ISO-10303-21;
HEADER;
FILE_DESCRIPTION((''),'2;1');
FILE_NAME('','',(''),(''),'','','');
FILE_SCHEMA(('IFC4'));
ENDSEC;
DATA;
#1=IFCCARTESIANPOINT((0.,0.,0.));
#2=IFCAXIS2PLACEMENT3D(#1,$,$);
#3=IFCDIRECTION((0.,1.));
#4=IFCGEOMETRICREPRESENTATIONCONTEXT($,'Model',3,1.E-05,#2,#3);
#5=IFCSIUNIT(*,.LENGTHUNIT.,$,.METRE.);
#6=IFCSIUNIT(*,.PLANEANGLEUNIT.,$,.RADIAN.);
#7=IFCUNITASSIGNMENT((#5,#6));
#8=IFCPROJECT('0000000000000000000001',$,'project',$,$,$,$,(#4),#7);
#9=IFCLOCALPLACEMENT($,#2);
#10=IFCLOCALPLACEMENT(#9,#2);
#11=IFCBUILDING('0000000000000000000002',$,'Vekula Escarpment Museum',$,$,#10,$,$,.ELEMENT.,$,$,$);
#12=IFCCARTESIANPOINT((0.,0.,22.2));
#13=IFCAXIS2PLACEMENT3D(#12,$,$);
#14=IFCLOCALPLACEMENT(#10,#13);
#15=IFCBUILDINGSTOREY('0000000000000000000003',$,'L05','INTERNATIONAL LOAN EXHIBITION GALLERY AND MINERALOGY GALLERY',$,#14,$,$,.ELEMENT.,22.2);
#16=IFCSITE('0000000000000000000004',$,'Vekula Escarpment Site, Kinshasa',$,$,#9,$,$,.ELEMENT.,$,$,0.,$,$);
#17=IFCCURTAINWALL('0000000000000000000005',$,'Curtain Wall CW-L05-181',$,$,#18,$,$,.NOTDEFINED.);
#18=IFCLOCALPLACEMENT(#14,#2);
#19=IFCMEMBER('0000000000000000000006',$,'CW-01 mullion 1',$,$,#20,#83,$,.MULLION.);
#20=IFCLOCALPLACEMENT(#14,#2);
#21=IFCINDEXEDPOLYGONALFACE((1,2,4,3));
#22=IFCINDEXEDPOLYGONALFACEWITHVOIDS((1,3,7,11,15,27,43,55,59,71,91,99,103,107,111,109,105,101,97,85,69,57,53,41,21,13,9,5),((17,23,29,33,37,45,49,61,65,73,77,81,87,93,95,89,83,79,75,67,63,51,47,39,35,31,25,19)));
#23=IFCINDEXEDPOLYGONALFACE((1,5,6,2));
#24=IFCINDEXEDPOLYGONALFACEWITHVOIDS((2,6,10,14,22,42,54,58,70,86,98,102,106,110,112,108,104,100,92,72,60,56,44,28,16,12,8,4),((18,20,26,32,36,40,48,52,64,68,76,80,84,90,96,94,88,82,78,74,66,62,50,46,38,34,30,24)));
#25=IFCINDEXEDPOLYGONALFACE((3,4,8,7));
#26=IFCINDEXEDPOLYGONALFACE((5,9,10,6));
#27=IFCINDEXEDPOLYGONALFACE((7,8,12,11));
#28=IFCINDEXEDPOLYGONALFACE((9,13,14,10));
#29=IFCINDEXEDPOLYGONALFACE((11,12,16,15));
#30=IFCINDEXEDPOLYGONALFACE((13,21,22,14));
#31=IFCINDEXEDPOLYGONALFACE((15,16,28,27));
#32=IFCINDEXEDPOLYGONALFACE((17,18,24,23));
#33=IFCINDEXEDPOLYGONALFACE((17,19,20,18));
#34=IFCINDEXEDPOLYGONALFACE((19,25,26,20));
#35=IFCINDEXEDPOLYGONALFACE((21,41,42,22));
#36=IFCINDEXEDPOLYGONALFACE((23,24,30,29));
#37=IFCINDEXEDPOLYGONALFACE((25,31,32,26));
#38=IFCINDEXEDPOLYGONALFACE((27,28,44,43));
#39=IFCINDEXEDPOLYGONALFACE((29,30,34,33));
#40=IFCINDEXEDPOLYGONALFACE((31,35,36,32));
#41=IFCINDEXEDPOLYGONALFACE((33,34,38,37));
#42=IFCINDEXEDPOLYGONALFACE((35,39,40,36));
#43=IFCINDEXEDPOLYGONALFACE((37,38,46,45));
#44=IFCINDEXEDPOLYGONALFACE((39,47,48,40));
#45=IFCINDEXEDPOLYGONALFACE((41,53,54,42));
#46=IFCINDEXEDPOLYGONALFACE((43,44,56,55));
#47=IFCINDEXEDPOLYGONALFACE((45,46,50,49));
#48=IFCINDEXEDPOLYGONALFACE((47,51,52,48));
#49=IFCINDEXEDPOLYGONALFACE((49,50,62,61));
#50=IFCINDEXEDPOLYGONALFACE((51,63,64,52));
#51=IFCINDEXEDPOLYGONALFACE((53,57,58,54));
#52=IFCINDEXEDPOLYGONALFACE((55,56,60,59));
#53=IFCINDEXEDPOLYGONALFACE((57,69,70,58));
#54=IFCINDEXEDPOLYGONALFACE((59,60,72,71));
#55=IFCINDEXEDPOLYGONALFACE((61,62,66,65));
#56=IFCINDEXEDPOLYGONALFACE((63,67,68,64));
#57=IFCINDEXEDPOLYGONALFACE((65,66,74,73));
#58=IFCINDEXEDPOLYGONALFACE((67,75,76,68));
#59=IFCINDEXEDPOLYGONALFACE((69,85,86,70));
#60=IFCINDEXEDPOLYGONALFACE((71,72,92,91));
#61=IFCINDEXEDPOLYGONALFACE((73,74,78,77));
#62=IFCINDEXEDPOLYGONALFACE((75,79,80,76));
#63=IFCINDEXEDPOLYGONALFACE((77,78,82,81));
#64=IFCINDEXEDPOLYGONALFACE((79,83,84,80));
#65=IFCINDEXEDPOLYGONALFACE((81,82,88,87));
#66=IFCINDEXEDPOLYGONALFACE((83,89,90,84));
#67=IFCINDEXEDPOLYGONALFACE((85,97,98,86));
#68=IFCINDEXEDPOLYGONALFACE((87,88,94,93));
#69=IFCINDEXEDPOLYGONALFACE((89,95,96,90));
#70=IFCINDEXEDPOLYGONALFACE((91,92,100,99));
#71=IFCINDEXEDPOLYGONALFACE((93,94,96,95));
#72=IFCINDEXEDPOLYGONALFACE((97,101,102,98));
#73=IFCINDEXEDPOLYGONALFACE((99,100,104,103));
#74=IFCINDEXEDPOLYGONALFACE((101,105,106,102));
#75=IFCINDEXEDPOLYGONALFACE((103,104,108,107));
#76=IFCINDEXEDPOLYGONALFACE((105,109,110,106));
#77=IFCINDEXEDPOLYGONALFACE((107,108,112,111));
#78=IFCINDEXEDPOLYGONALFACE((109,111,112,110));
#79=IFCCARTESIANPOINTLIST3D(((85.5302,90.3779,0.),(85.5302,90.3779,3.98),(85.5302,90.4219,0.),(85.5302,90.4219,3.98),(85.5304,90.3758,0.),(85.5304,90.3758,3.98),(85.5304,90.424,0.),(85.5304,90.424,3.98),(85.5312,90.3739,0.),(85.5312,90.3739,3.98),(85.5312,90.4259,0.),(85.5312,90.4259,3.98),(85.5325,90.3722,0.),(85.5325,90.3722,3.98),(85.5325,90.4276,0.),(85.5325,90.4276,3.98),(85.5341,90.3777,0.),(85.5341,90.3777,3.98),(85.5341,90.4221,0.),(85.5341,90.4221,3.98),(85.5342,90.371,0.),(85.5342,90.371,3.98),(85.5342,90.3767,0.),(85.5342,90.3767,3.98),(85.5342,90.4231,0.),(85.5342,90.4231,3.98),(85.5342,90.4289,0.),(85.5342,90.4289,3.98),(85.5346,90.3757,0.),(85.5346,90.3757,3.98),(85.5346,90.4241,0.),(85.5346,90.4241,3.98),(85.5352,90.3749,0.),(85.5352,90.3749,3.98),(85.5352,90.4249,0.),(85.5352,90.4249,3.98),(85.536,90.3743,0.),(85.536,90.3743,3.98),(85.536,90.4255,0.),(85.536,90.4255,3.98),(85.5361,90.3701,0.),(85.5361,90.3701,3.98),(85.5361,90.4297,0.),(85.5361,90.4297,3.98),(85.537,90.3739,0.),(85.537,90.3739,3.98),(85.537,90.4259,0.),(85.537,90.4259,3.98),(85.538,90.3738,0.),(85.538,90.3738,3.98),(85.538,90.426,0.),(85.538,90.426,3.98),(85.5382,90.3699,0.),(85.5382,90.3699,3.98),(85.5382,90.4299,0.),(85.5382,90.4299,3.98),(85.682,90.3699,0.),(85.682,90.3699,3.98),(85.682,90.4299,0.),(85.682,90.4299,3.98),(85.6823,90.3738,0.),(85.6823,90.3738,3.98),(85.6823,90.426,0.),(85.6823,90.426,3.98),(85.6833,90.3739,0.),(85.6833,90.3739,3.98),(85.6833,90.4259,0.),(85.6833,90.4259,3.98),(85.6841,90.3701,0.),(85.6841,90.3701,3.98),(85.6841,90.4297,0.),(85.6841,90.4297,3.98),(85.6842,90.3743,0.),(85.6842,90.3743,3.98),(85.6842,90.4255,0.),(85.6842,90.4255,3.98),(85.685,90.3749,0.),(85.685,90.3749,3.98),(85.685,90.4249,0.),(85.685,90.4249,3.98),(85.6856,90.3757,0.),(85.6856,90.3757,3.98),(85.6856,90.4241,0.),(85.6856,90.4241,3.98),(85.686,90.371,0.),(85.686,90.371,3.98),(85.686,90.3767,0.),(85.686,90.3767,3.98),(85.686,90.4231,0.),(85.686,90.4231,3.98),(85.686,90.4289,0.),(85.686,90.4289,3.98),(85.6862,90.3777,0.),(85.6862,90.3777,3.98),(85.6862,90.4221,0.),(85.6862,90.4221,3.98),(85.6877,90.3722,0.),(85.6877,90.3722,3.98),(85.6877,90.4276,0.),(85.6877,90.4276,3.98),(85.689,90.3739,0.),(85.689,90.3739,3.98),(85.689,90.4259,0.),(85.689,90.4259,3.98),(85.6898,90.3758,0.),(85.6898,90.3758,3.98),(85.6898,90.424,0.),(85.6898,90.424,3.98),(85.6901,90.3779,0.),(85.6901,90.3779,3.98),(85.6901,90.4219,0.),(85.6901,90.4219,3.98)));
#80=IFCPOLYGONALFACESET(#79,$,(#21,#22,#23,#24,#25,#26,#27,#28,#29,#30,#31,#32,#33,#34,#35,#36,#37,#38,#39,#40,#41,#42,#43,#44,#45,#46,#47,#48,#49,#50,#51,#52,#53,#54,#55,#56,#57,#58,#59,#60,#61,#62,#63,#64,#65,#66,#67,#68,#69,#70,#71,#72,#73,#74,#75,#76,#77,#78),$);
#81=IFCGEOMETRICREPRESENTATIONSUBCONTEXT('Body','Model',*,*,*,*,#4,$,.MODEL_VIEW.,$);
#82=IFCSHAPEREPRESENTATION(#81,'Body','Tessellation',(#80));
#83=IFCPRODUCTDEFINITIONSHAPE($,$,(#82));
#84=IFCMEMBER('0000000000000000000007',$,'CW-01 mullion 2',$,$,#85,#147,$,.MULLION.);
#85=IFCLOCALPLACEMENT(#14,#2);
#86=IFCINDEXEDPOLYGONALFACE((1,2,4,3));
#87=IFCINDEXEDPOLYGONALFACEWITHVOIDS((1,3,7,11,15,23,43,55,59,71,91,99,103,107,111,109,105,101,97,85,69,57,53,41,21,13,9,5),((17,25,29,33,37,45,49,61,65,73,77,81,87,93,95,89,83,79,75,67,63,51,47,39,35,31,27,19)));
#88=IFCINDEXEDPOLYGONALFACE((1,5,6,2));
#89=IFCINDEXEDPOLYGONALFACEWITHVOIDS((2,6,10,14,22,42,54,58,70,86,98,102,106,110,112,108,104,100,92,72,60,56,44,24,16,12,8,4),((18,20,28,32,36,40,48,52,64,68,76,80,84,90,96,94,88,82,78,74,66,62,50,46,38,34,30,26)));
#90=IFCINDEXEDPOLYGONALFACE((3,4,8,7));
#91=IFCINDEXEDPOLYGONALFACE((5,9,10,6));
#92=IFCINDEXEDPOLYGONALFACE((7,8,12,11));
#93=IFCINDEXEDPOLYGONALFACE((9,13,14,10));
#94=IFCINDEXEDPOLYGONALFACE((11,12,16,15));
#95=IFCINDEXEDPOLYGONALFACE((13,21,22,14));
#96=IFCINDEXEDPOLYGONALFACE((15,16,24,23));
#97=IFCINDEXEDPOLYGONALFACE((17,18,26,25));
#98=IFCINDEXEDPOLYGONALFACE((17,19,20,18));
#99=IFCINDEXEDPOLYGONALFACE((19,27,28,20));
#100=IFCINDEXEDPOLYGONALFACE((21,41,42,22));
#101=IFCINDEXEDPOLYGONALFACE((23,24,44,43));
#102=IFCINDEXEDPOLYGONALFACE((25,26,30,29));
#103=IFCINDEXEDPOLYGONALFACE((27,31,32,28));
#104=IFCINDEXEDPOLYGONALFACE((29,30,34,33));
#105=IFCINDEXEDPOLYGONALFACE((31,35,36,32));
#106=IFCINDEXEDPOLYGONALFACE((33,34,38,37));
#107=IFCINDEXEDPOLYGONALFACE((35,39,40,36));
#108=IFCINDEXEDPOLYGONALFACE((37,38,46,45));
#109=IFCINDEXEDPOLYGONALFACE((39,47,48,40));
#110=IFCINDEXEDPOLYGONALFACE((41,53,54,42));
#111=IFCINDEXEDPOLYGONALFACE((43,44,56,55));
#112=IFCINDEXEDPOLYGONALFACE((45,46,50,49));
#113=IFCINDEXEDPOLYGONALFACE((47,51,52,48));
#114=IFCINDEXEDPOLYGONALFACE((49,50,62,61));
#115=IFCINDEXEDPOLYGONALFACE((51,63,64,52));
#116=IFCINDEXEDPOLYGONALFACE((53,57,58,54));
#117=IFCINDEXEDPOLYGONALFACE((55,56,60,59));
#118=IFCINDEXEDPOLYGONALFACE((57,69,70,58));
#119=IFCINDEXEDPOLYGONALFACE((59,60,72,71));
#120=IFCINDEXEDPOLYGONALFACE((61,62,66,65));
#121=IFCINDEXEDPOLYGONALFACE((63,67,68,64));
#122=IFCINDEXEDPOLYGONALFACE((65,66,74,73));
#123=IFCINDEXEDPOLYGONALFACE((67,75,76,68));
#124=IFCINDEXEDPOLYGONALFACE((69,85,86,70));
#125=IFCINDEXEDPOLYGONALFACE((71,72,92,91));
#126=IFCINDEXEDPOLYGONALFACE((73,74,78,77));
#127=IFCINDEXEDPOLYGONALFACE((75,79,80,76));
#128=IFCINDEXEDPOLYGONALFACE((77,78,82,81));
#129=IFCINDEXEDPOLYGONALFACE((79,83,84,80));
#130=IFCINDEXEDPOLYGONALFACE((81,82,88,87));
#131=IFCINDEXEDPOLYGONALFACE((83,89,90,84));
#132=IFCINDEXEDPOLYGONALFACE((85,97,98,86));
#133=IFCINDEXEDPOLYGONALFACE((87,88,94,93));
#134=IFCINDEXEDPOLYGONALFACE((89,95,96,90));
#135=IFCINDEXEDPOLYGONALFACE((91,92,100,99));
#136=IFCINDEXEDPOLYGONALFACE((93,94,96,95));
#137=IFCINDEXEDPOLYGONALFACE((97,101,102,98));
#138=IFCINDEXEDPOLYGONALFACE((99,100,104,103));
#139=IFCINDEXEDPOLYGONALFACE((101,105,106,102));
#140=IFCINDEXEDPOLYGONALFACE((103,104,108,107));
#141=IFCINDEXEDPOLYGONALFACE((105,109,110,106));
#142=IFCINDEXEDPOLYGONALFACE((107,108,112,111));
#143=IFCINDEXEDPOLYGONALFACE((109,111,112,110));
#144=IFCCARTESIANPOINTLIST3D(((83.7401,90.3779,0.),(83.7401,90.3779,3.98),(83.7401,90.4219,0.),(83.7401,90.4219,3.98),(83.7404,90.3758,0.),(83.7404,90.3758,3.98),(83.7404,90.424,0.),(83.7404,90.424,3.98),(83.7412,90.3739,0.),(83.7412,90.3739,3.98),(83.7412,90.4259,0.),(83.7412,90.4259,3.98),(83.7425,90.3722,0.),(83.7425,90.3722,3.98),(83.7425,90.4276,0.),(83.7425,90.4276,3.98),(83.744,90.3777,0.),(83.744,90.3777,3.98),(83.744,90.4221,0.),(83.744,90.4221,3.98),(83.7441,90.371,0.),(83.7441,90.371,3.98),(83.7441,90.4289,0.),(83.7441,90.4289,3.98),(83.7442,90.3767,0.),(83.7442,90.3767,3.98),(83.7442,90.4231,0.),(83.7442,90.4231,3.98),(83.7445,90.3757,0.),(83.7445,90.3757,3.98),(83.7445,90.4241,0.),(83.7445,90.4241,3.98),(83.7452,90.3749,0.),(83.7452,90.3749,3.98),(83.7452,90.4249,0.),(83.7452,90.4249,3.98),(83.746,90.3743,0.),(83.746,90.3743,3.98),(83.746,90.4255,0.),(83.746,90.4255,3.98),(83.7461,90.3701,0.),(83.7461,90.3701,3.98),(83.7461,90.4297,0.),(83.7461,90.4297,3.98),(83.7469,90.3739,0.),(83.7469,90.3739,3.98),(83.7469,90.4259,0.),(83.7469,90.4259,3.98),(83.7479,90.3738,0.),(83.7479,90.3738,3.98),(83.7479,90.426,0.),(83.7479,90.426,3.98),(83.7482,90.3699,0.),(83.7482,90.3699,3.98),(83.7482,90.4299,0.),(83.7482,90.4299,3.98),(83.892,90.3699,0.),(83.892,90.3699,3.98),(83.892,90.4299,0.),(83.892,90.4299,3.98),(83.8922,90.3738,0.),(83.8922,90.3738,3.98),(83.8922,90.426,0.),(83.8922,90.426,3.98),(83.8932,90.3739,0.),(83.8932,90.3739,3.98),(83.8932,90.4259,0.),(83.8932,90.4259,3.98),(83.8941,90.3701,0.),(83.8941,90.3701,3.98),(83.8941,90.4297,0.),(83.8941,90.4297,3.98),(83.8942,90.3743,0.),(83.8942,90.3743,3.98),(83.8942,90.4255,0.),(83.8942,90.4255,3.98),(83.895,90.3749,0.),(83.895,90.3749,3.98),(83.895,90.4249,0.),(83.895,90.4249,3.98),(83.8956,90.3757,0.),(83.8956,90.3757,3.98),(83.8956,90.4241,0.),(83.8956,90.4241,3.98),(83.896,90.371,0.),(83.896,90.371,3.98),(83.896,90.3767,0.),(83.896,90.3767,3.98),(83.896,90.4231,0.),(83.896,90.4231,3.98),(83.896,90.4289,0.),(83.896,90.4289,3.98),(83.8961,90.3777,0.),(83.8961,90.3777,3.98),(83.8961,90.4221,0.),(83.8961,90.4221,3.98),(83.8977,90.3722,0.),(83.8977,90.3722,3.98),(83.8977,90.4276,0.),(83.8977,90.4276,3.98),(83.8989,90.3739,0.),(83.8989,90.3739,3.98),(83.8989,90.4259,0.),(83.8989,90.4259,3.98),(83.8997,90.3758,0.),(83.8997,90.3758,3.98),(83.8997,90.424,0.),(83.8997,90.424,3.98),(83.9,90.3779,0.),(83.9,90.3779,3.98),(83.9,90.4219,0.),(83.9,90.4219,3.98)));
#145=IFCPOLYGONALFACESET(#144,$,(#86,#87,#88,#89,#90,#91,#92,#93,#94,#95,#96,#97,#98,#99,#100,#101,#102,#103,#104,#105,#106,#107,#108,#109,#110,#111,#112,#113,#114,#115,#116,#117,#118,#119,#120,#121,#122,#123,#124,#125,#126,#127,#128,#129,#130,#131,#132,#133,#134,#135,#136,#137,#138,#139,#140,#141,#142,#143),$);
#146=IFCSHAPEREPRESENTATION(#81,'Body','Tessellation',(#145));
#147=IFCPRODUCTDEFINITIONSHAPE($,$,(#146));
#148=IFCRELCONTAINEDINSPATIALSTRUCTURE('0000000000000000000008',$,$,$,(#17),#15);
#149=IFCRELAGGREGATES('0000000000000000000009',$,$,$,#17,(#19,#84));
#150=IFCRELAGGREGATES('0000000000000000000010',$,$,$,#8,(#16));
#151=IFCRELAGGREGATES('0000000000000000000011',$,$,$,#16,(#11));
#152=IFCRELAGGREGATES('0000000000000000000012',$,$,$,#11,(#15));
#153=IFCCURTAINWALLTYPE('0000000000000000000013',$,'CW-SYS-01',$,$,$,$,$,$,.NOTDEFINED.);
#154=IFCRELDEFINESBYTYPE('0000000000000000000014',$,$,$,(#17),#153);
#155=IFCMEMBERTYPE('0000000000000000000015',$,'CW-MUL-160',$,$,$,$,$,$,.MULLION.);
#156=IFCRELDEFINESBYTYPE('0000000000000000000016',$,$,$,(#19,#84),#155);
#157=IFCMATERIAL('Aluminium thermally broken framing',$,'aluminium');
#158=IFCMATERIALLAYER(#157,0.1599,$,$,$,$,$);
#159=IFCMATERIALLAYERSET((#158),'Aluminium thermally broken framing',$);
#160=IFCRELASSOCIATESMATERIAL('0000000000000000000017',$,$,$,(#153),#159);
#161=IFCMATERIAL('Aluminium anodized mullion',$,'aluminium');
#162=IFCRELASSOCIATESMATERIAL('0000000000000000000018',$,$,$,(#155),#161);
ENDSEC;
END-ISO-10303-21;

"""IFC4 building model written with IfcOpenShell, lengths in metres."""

from ifc_helpers import new_model, si_unit, direction, frame, origin, origin_2d, place, context, subcontext, project, spatial, hollow_rectangle, extrude, material, layer, layer_set, material_profile, profile_set, type_object, element, aggregate, save


model = new_model("IFC4")

# Units and contexts
model_context = context("Model", 3, precision=1e-05, world=origin(), true_north=direction((0.0, 1.0)))
body_context = subcontext(model_context, "Body", "Model", "MODEL_VIEW")
ifc_project = project(units=[si_unit("LENGTHUNIT", "METRE"), si_unit("PLANEANGLEUNIT", "RADIAN")], contexts=[model_context])

# Site, building, storey
site_placement = place(None, origin())
site = spatial("IfcSite", under=ifc_project, at=site_placement, Name="Vekula Escarpment Site, Kinshasa", CompositionType="ELEMENT", RefElevation=0.0)
building_placement = place(site_placement, origin())
building = spatial("IfcBuilding", under=site, at=building_placement, Name="Vekula Escarpment Museum", CompositionType="ELEMENT")
storey_placement = place(building_placement, frame((0.0, 0.0, 22.2)))
storey = spatial("IfcBuildingStorey", under=building, at=storey_placement, Name="L05", Description="INTERNATIONAL LOAN EXHIBITION GALLERY AND MINERALOGY GALLERY", CompositionType="ELEMENT", Elevation=22.2)

# Curtain wall, members
ifc_material_1 = material(Name="Aluminium thermally broken framing", Category="aluminium")
ifc_layer_1 = layer(ifc_material_1, 0.1599)
ifc_layer_set_1 = layer_set([ifc_layer_1], Name="Aluminium thermally broken framing")
curtain_wall_type = type_object("IfcCurtainWallType", Name="CW-SYS-01", PredefinedType="NOTDEFINED", material=ifc_layer_set_1)
curtain_wall_placement = place(storey_placement, origin())
curtain_wall = element("IfcCurtainWall", 1, at=curtain_wall_placement, inside=storey, type_object=curtain_wall_type, Name="Curtain Wall CW-L05-181", PredefinedType="NOTDEFINED")
ifc_material_2 = material(Name="Aluminium anodized mullion", Category="aluminium")
ifc_material_profile_1 = material_profile(ifc_material_2, hollow_rectangle(XDim=0.0601, YDim=0.1599, WallThickness=0.0039, InnerFilletRadius=0.0039, OuterFilletRadius=0.0081, at=origin_2d()), Name="ALU 160x60x4")
ifc_profile_set_1 = profile_set([ifc_material_profile_1], Name="Aluminium anodized mullion")
member_type_1 = type_object("IfcMemberType", Name="CW-MUL-160", PredefinedType="MULLION", material=ifc_profile_set_1)
member_1_placement = place(storey_placement, frame((85.6101, 90.3999, 0.0), z_axis=(0.0, 0.0, 1.0), x_axis=(0.0, -1.0, 0.0)))
member_1 = element("IfcMember", 2, at=member_1_placement, type_object=member_type_1, Name="CW-01 mullion 1", PredefinedType="MULLION", context=body_context, shape_type="SweptSolid", body=[
    extrude(hollow_rectangle(XDim=0.0601, YDim=0.1599, WallThickness=0.0039, InnerFilletRadius=0.0039, OuterFilletRadius=0.0081, at=origin_2d()), origin(), (0.0, 0.0, 1.0), 3.98),
])
member_2_placement = place(storey_placement, frame((83.8201, 90.3999, 0.0), z_axis=(0.0, 0.0, 1.0), x_axis=(0.0, -1.0, 0.0)))
member_2 = element("IfcMember", 3, at=member_2_placement, type_object=member_type_1, Name="CW-01 mullion 2", PredefinedType="MULLION", context=body_context, shape_type="SweptSolid", body=[
    extrude(hollow_rectangle(XDim=0.0601, YDim=0.1599, WallThickness=0.0039, InnerFilletRadius=0.0039, OuterFilletRadius=0.0081, at=origin_2d()), origin(), (0.0, 0.0, 1.0), 3.98),
])

aggregate(curtain_wall, [member_1, member_2])

save(model, "model.ifc")
